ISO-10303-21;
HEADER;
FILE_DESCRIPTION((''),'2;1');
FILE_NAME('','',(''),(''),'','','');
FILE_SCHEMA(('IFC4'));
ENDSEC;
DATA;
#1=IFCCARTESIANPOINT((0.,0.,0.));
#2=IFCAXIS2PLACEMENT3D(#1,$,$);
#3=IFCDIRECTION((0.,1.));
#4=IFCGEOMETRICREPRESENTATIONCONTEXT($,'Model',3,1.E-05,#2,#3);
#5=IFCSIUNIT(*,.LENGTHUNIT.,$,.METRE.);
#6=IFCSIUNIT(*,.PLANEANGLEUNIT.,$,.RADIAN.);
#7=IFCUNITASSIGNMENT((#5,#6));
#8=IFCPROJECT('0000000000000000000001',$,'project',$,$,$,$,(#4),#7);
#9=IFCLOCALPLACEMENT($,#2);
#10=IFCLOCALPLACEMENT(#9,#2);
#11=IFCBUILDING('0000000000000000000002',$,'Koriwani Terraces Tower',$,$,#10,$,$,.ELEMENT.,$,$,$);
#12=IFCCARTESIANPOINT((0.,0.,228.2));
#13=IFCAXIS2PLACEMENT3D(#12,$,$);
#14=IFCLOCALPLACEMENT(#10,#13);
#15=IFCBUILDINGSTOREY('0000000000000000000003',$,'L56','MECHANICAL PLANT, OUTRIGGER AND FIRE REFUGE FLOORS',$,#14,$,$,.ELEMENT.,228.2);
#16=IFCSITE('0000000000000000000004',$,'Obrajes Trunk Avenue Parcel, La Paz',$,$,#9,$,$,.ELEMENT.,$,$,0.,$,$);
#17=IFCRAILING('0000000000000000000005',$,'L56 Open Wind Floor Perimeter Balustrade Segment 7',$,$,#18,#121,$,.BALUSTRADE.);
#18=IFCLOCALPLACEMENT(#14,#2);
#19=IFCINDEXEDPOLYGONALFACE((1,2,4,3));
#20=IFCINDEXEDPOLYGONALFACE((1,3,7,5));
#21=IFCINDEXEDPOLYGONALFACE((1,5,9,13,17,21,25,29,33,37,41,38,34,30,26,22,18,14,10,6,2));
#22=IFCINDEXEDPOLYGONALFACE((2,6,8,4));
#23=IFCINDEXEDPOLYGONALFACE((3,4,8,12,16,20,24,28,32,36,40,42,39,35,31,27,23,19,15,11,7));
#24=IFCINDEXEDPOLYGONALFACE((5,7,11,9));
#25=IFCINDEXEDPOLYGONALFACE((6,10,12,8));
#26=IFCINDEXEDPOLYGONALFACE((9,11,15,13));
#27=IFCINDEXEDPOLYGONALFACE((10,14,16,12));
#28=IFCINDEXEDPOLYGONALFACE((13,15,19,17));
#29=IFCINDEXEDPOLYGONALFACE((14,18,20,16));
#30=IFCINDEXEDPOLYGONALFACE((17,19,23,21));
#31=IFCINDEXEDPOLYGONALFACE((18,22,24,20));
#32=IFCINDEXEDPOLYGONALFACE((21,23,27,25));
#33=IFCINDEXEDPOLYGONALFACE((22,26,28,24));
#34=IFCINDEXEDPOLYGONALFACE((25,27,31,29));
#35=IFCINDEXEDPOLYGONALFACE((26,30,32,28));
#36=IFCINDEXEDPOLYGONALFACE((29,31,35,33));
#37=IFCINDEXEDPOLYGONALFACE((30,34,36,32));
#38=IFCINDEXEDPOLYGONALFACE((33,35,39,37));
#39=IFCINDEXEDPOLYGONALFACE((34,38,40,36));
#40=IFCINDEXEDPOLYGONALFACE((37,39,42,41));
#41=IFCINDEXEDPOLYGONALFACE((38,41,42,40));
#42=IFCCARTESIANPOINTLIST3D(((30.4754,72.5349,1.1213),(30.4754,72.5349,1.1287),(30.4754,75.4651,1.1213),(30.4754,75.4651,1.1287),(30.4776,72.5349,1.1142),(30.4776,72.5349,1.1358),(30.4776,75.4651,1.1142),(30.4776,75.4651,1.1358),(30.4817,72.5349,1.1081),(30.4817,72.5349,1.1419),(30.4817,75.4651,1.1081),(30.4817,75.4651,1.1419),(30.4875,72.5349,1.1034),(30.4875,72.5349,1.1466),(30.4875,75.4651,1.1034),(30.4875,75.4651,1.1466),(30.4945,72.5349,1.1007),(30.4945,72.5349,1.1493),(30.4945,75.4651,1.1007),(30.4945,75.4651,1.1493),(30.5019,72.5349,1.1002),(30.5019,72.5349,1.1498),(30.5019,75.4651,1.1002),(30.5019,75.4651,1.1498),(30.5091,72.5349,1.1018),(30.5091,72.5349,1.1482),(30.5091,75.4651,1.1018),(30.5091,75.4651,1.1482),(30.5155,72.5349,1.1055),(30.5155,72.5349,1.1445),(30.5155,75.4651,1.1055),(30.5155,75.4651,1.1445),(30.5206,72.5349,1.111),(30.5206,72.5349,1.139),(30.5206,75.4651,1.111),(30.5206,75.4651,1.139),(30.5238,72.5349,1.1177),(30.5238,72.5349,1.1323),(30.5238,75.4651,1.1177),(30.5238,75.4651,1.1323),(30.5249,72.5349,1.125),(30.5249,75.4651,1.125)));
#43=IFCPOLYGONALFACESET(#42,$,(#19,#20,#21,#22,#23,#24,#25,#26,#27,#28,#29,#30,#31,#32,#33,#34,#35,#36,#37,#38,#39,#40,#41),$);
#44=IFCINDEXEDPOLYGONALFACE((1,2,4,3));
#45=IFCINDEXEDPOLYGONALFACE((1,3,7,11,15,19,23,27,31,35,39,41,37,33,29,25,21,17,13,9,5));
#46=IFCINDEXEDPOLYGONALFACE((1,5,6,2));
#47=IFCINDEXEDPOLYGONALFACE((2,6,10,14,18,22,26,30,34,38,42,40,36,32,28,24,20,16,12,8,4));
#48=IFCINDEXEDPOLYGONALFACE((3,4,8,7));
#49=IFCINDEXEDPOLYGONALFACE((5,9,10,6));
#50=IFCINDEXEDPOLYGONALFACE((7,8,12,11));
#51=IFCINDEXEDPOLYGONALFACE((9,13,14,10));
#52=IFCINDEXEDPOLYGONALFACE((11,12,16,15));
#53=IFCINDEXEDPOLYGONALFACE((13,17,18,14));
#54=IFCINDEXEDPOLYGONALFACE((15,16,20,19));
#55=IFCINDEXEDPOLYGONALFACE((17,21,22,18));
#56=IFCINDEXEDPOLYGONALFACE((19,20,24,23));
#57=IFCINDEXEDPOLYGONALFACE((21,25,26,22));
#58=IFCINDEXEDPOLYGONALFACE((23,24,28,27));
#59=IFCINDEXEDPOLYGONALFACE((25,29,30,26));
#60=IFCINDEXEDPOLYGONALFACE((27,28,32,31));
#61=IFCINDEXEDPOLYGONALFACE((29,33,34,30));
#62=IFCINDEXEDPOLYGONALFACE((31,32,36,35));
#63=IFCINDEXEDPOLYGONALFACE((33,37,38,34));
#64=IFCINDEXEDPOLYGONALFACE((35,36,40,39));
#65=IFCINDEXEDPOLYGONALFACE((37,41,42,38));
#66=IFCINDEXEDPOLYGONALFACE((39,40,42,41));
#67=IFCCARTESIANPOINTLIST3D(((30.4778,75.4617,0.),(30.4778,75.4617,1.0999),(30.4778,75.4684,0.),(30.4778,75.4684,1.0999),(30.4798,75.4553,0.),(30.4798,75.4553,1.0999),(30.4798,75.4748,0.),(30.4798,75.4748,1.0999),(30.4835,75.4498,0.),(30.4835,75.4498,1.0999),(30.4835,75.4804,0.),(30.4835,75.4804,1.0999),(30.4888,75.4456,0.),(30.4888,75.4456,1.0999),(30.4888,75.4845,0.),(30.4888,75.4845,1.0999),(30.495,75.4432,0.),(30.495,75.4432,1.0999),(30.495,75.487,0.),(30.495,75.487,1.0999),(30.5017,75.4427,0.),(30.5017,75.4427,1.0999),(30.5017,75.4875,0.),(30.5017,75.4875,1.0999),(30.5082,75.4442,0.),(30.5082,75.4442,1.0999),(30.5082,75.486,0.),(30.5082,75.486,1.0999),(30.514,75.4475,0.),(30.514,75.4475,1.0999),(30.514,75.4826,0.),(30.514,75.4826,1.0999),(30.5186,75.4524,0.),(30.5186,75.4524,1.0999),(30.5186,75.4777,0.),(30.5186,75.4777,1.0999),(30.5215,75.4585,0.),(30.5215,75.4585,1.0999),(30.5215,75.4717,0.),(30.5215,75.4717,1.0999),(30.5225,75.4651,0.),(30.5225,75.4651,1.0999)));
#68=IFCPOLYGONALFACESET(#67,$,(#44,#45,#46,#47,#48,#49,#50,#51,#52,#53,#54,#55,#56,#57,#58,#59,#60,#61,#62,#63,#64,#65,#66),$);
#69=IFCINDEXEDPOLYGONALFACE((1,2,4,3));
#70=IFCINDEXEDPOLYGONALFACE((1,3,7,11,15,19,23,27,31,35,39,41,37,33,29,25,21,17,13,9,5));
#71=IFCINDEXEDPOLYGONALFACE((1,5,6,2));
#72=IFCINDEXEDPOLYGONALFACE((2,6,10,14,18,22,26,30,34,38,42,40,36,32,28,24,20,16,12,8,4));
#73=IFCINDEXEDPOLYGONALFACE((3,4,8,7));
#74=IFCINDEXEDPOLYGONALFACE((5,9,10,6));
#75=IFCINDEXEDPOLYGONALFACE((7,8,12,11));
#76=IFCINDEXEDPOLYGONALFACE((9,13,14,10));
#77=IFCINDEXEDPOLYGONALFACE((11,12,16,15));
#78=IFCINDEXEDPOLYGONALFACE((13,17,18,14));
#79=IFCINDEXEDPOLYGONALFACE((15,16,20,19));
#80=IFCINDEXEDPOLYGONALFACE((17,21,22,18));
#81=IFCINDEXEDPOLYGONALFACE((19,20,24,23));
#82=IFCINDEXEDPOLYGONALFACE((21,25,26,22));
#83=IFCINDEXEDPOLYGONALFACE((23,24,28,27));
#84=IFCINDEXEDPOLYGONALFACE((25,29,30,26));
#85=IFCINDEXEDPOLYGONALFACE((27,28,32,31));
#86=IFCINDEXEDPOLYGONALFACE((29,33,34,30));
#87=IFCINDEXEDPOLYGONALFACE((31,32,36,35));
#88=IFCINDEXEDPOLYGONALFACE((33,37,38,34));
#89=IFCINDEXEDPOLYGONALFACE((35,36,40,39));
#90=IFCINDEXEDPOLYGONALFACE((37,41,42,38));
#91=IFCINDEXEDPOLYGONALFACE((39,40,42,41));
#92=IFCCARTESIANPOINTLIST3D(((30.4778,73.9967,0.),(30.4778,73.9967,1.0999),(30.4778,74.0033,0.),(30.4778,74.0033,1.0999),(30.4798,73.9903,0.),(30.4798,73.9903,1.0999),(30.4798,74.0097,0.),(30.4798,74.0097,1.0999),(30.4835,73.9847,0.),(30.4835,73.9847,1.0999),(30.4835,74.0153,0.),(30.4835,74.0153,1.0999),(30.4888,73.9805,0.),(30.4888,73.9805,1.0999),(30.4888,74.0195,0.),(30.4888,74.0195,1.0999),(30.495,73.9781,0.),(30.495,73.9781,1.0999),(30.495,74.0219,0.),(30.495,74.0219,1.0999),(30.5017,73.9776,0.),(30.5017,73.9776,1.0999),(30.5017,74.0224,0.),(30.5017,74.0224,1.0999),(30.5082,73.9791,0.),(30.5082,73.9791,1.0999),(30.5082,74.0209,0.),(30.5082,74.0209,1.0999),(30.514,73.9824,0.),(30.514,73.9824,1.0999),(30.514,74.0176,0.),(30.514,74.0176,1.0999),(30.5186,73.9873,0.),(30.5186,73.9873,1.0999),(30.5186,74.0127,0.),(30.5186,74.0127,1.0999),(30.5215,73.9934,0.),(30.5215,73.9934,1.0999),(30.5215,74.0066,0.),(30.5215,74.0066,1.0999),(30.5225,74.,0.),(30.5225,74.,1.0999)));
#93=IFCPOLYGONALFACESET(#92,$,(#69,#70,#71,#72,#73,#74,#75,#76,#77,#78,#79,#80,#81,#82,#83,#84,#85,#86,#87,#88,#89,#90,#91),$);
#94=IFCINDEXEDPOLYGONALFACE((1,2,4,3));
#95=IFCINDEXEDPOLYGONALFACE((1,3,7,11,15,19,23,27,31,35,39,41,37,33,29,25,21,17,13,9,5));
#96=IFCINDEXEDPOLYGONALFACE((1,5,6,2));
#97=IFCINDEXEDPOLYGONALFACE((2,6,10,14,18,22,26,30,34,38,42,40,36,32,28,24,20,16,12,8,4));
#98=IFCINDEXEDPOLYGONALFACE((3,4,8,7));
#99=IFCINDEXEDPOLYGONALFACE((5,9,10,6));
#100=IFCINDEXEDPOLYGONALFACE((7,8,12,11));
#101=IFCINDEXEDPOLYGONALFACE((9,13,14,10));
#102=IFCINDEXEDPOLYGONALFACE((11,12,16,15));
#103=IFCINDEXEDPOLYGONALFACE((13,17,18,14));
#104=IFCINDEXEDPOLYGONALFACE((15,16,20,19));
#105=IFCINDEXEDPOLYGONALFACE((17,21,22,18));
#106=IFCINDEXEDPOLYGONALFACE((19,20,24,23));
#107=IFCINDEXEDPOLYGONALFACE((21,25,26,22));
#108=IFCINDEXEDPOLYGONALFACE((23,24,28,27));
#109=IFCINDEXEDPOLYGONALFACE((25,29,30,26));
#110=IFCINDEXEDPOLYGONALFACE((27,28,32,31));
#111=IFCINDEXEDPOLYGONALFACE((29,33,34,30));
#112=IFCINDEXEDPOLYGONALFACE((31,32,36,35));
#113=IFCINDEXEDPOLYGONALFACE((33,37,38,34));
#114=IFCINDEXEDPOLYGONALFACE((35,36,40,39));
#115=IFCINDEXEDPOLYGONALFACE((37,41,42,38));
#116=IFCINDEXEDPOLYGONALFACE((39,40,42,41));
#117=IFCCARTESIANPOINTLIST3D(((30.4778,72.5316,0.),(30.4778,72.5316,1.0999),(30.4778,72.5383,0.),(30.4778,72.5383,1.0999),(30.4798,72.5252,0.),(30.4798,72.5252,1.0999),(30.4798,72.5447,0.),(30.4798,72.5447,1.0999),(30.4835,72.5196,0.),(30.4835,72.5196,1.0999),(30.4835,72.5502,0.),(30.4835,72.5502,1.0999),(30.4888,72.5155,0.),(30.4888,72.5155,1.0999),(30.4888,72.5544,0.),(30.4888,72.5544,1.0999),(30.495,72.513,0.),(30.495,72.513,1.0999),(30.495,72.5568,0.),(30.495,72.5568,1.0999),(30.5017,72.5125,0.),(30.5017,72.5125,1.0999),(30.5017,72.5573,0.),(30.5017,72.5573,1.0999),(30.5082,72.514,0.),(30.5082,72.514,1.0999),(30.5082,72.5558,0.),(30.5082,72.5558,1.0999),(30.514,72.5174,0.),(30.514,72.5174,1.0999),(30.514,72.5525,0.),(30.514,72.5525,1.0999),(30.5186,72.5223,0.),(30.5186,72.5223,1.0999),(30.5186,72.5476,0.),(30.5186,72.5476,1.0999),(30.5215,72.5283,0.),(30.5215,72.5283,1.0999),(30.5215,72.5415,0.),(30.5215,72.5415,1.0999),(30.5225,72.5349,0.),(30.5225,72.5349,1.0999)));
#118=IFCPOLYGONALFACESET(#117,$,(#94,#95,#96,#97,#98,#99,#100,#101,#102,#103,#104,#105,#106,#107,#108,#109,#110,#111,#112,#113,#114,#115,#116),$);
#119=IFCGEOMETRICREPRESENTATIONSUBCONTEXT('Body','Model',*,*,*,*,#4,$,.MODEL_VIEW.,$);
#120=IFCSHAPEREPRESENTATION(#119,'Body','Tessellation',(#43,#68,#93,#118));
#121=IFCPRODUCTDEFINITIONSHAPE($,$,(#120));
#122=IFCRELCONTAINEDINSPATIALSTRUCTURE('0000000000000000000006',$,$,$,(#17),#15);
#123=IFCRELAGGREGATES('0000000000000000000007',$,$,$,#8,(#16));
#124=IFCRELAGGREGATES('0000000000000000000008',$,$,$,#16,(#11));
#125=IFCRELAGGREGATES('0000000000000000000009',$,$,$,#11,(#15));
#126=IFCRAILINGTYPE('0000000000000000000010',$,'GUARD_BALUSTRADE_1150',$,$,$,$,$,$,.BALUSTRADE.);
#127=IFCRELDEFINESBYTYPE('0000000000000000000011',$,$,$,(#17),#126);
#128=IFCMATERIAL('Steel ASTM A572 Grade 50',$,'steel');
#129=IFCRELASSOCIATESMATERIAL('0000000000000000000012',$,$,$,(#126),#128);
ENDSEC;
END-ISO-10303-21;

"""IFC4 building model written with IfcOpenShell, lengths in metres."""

from ifc_helpers import new_model, si_unit, direction, frame, origin, origin_2d, place, context, subcontext, project, spatial, circle, extrude, material, type_object, element, save


model = new_model("IFC4")

# Units and contexts
model_context = context("Model", 3, precision=1e-05, world=origin(), true_north=direction((0.0, 1.0)))
body_context = subcontext(model_context, "Body", "Model", "MODEL_VIEW")
ifc_project = project(units=[si_unit("LENGTHUNIT", "METRE"), si_unit("PLANEANGLEUNIT", "RADIAN")], contexts=[model_context])

# Site, building, storey
site_placement = place(None, origin())
site = spatial("IfcSite", under=ifc_project, at=site_placement, Name="Obrajes Trunk Avenue Parcel, La Paz", CompositionType="ELEMENT", RefElevation=0.0)
building_placement = place(site_placement, origin())
building = spatial("IfcBuilding", under=site, at=building_placement, Name="Koriwani Terraces Tower", CompositionType="ELEMENT")
storey_placement = place(building_placement, frame((0.0, 0.0, 228.2)))
storey = spatial("IfcBuildingStorey", under=building, at=storey_placement, Name="L56", Description="MECHANICAL PLANT, OUTRIGGER AND FIRE REFUGE FLOORS", CompositionType="ELEMENT", Elevation=228.2)

# Shared definitions
ifc_material_1 = material(Name="Steel ASTM A572 Grade 50", Category="steel")

# Railing
railing_type = type_object("IfcRailingType", Name="GUARD_BALUSTRADE_1150", PredefinedType="BALUSTRADE", material=ifc_material_1)
railing_1_placement = place(storey_placement, frame((30.5, 75.4651, 0.0)))
element("IfcRailing", 1, at=railing_1_placement, inside=storey, type_object=railing_type, Name="L56 Open Wind Floor Perimeter Balustrade Segment 7", PredefinedType="BALUSTRADE", context=body_context, shape_type="SweptSolid", body=[
    extrude(circle(Radius=0.0249, at=origin_2d()), frame((0.0, 0.0, 1.125), z_axis=(0.0, -1.0, 0.0), x_axis=(1.0, 0.0, 0.0)), (0.0, 0.0, 1.0), 2.9302),
    extrude(circle(Radius=0.0225, at=origin_2d()), origin(), (0.0, 0.0, 1.0), 1.0999),
    extrude(circle(Radius=0.0225, at=origin_2d()), frame((0.0, -1.4651, 0.0)), (0.0, 0.0, 1.0), 1.0999),
    extrude(circle(Radius=0.0225, at=origin_2d()), frame((0.0, -2.9302, 0.0)), (0.0, 0.0, 1.0), 1.0999),
])

save(model, "model.ifc")
